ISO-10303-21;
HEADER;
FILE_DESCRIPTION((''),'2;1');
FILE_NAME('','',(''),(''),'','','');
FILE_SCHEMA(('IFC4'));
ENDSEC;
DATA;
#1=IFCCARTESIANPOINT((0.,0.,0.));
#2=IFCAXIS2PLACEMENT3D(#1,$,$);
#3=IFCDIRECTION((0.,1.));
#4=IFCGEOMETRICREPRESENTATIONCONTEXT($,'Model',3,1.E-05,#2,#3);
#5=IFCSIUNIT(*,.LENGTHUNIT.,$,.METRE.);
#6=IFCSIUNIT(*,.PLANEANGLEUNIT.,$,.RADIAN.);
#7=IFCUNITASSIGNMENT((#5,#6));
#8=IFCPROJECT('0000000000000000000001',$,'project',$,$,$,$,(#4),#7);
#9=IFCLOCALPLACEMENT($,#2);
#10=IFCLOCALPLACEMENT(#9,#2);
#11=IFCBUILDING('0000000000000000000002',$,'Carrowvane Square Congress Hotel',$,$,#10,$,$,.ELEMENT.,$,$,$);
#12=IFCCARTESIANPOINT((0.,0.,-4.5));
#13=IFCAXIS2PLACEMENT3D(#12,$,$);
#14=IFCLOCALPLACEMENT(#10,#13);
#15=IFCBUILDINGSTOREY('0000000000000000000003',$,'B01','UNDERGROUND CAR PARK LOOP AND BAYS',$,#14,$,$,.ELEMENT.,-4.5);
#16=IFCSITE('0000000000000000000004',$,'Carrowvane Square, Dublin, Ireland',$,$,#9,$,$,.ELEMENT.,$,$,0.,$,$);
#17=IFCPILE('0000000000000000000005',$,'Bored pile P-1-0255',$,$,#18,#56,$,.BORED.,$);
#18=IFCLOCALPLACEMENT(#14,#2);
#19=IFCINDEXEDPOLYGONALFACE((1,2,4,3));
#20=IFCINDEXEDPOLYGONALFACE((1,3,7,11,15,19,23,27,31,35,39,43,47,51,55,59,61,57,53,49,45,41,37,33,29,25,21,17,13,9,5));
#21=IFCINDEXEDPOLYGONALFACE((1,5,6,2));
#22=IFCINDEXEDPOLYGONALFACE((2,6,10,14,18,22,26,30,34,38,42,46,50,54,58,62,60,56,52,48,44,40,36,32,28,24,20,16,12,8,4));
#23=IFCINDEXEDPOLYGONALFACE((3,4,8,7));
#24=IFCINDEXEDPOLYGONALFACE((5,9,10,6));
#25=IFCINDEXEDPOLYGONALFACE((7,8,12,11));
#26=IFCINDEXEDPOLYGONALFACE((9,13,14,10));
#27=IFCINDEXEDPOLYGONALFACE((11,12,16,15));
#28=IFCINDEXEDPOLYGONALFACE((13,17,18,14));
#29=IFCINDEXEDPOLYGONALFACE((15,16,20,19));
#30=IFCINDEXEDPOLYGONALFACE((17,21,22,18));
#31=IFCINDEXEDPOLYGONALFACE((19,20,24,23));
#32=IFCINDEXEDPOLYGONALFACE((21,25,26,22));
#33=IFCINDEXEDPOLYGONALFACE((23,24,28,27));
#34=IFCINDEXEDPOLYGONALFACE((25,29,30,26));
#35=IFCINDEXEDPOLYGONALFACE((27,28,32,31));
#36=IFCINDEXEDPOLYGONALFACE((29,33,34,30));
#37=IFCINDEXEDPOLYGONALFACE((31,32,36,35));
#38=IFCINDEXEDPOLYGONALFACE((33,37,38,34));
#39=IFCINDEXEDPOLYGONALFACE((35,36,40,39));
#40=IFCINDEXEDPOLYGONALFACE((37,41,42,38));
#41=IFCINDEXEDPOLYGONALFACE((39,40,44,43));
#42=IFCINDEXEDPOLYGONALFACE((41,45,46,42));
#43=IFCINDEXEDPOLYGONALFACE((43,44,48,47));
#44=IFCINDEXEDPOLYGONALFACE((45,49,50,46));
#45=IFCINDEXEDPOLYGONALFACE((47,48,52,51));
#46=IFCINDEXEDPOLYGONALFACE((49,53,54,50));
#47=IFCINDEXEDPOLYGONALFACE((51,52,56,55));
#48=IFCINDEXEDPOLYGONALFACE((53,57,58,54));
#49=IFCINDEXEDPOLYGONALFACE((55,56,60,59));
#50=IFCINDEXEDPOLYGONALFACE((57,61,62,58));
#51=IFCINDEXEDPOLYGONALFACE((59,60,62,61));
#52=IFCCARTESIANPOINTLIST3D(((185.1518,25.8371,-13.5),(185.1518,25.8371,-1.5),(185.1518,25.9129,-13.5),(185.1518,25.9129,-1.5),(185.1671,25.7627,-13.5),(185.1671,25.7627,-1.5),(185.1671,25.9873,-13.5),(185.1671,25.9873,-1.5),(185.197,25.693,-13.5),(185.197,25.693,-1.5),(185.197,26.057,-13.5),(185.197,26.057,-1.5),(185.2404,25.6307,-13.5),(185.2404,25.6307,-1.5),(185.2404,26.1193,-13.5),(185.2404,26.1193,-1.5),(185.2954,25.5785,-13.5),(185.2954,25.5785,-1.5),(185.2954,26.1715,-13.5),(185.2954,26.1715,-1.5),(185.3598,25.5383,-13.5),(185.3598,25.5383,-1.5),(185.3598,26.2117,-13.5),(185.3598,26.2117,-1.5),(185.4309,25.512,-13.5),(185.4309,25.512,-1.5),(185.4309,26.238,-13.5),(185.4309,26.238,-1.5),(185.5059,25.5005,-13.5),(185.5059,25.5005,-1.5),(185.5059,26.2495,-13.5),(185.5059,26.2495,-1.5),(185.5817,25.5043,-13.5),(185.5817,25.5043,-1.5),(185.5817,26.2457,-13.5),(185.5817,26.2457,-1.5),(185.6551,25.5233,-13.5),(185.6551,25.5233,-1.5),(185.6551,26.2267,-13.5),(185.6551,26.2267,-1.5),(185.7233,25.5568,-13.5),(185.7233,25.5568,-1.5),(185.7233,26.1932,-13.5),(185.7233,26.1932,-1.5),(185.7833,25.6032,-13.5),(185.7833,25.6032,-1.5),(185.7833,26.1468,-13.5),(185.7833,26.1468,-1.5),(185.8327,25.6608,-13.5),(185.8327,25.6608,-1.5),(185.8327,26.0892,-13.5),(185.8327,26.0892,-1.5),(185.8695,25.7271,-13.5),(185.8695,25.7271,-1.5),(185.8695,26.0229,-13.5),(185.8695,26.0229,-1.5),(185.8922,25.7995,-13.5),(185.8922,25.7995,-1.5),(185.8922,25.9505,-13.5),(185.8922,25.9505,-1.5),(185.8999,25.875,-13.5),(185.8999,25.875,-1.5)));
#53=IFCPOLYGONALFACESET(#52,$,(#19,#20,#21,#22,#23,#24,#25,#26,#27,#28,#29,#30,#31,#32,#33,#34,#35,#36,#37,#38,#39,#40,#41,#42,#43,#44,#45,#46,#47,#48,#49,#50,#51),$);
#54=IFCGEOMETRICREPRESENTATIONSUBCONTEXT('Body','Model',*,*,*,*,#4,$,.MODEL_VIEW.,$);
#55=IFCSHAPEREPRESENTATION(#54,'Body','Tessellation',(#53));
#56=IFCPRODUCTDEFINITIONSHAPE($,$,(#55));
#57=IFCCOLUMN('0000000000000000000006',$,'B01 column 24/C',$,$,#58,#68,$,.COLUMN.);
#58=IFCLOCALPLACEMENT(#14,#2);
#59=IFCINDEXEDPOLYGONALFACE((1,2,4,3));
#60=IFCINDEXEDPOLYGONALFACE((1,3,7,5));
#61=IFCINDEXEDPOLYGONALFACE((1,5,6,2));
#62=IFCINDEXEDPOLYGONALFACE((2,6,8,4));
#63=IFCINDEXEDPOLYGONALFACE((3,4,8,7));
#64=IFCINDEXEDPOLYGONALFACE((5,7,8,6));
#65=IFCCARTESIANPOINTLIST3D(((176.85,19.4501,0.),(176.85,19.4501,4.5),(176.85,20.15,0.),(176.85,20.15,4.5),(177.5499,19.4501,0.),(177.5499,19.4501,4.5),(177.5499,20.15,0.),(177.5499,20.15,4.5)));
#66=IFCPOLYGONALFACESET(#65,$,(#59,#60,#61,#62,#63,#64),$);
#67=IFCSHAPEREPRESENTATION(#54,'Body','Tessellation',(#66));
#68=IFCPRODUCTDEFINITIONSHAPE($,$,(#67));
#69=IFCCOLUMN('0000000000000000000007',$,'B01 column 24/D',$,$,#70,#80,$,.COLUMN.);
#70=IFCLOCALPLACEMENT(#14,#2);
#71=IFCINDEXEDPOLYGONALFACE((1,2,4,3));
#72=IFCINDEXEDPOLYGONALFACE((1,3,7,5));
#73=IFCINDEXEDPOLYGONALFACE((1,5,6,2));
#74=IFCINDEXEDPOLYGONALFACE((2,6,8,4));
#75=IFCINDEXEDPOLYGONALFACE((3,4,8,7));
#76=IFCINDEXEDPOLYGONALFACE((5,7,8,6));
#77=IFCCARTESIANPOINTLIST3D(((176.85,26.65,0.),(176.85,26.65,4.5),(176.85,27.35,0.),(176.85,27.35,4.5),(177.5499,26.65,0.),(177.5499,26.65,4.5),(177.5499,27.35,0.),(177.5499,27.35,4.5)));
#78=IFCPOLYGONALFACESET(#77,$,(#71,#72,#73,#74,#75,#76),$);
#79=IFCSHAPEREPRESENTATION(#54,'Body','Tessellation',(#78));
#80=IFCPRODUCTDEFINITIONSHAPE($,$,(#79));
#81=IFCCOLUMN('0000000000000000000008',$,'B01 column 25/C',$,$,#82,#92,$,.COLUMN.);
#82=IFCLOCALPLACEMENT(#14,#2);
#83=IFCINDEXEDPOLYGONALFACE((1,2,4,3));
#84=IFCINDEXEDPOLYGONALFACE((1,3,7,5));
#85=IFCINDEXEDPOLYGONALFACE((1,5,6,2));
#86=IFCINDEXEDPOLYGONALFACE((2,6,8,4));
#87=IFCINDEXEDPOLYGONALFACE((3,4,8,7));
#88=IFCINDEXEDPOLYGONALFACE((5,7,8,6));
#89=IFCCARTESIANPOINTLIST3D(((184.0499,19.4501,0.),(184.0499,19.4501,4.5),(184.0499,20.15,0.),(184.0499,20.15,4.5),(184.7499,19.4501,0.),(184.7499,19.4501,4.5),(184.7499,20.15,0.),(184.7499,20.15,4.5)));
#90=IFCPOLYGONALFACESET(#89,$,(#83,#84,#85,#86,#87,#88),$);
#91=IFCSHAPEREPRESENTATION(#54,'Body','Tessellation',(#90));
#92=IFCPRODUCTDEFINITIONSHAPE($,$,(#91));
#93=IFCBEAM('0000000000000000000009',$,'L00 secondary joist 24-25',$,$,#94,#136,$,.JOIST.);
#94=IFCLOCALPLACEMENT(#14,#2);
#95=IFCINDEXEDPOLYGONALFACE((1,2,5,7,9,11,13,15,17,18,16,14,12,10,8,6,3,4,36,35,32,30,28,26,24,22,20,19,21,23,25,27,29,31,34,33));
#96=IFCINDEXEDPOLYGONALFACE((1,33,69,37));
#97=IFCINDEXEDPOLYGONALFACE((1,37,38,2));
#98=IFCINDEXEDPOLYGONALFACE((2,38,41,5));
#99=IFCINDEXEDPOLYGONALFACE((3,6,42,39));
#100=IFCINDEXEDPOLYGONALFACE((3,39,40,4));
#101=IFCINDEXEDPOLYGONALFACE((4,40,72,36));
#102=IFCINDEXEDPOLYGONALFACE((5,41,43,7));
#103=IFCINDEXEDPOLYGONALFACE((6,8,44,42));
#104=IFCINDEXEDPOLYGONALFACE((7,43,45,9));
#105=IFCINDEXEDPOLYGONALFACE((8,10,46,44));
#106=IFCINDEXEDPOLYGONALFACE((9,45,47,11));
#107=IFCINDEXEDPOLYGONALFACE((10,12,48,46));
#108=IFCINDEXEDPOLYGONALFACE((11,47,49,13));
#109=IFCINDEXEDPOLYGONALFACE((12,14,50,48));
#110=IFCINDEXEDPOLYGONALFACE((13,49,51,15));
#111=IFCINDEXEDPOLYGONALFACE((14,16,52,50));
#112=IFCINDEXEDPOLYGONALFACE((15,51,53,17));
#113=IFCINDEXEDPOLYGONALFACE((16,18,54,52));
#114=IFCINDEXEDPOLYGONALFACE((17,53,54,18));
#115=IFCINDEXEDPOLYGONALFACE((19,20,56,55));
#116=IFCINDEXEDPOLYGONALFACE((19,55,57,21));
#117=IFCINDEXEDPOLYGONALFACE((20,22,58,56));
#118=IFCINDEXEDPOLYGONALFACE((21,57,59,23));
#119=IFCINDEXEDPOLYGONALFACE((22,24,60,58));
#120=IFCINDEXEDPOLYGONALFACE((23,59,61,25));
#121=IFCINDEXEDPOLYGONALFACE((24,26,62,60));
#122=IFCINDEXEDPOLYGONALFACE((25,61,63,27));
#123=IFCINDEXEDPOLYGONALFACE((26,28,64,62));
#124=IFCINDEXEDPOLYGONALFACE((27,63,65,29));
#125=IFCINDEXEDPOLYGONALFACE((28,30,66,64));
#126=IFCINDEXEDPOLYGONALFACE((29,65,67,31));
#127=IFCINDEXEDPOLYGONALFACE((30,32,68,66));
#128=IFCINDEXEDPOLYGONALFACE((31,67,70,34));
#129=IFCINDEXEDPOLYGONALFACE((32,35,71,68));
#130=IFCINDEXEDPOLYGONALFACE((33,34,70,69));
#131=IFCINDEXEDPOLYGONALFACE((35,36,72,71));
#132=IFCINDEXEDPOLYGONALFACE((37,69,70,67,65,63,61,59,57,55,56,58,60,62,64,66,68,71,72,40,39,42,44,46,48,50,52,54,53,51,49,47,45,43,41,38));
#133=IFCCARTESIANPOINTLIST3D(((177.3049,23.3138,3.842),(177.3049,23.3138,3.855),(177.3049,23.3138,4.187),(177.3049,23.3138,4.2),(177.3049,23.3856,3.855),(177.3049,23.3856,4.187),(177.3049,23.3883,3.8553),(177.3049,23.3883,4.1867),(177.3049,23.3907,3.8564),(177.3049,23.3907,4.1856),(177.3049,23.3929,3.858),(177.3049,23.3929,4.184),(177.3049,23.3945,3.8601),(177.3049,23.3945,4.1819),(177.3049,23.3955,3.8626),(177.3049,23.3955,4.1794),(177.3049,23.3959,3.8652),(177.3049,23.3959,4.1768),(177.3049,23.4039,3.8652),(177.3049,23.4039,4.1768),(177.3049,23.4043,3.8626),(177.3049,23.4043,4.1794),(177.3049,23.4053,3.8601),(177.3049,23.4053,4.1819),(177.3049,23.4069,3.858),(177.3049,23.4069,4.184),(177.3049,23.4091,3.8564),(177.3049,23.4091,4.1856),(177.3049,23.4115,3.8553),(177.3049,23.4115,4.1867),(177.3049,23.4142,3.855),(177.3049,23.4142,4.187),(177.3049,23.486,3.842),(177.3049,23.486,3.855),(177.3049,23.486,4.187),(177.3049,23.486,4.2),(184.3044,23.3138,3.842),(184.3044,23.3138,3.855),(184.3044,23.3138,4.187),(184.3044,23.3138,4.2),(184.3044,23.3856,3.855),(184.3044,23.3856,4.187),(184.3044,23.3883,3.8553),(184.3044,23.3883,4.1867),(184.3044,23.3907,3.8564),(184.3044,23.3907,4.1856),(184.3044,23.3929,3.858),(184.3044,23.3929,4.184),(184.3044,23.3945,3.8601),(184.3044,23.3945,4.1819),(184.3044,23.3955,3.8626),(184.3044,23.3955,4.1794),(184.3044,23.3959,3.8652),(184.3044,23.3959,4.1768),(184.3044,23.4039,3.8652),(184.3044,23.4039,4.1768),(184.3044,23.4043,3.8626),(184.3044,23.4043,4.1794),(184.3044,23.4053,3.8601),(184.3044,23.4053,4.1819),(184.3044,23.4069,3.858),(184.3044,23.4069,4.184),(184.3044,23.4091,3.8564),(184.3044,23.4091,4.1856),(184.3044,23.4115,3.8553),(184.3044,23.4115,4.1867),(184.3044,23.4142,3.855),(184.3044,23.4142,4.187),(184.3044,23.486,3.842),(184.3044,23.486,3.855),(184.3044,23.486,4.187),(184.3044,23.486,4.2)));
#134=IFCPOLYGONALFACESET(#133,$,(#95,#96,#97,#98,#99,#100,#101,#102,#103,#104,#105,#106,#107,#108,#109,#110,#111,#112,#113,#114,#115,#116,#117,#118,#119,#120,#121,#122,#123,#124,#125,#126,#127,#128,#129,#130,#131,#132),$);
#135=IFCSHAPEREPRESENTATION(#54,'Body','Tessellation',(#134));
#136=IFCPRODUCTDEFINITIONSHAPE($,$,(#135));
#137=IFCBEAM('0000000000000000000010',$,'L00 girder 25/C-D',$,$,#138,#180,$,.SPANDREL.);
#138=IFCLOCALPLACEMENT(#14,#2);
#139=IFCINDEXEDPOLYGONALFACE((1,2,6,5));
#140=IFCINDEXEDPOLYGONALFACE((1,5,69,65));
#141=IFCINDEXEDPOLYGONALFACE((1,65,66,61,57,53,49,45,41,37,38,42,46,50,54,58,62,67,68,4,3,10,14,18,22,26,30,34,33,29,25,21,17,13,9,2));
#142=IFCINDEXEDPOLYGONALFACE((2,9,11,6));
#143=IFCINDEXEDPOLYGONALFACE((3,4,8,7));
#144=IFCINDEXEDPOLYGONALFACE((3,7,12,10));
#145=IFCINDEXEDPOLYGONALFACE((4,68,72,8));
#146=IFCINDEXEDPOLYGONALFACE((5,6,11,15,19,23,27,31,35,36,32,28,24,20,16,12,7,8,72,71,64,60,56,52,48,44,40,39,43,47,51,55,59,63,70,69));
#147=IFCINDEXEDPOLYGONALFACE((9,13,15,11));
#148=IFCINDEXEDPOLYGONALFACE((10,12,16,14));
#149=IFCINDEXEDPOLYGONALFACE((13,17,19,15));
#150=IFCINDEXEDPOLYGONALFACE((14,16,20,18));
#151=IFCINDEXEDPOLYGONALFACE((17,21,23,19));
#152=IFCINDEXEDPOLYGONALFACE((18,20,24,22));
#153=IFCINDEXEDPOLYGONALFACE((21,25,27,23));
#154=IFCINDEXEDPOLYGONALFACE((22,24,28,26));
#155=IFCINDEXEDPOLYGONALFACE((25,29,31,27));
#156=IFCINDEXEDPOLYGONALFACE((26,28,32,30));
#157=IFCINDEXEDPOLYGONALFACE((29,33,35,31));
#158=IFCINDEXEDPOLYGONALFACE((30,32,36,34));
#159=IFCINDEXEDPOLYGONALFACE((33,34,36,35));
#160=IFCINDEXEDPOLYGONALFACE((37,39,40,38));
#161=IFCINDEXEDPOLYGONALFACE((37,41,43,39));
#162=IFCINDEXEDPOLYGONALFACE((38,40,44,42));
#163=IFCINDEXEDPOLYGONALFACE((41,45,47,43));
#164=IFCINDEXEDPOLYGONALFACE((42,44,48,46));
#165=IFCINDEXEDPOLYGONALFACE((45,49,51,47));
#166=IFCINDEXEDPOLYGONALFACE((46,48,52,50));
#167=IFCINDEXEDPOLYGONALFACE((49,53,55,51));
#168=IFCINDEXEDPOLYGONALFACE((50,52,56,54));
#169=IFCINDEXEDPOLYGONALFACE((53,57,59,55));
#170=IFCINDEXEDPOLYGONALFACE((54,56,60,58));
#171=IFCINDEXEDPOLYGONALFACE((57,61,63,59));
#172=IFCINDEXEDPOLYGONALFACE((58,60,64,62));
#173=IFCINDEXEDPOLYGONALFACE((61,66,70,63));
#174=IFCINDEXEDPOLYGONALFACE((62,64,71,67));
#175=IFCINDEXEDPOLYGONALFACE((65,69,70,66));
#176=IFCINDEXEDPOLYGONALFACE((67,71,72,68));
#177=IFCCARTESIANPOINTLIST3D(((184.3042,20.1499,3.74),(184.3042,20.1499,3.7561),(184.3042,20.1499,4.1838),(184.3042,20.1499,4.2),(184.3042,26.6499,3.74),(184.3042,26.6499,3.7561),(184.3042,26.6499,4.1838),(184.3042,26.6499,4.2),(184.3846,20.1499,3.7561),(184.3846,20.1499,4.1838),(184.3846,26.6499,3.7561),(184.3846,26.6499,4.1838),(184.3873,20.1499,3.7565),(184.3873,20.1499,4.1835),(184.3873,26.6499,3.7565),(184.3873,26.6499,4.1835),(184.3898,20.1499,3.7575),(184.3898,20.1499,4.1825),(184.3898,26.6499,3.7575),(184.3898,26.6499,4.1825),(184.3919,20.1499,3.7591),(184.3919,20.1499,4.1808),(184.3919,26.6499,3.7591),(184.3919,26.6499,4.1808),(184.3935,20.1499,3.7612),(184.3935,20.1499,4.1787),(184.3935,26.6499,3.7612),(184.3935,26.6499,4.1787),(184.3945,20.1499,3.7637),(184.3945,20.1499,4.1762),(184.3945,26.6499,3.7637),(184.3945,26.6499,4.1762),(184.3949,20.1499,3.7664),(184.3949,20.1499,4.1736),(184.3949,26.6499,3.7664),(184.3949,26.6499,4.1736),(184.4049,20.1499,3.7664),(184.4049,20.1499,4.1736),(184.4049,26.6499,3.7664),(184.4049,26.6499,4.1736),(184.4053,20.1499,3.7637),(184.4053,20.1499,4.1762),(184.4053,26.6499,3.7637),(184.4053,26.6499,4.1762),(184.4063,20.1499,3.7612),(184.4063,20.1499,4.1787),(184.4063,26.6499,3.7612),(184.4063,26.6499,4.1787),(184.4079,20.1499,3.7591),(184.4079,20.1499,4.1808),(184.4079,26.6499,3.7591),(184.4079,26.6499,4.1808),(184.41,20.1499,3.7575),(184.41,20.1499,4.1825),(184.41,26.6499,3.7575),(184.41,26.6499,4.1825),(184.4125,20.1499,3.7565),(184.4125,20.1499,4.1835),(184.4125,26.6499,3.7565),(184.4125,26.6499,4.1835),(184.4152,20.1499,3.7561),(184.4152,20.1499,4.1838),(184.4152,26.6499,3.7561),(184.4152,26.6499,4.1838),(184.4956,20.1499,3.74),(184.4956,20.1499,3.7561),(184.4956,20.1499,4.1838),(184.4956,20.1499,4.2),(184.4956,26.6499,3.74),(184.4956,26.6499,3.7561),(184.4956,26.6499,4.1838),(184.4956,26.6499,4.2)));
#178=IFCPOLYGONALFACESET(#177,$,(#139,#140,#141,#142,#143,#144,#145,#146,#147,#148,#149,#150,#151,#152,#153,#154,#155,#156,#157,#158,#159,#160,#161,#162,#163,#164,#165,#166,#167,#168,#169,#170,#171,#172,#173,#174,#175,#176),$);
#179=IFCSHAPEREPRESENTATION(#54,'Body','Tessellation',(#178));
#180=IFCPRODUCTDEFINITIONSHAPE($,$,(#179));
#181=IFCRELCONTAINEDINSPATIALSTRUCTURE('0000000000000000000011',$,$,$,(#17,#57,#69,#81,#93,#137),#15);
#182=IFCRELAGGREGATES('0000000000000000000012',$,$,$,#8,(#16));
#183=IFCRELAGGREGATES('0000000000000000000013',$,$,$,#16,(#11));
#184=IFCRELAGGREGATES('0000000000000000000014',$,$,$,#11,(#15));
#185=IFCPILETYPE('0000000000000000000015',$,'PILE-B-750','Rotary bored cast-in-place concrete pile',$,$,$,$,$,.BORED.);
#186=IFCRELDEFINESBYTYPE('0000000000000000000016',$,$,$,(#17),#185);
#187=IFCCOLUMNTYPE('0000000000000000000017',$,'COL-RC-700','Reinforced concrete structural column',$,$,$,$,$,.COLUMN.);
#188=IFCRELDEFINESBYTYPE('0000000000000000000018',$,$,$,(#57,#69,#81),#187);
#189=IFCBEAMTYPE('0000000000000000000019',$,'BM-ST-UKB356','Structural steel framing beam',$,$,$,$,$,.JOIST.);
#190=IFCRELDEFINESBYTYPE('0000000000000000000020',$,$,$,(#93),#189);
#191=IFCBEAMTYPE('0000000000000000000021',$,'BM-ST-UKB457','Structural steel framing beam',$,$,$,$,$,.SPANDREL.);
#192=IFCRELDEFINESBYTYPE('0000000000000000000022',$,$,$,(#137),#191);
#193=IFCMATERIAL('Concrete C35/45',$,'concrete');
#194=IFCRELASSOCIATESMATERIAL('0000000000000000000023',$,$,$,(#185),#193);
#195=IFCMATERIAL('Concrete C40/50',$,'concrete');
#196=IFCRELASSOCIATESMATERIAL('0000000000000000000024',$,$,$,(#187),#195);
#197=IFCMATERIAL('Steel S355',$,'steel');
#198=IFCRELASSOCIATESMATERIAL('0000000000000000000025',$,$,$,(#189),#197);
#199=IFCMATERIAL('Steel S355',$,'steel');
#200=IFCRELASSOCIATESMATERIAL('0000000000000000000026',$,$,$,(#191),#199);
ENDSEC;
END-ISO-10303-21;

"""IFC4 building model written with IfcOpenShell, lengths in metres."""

from ifc_helpers import new_model, si_unit, direction, frame, origin, origin_2d, place, context, subcontext, project, spatial, rectangle, circle, i_section, extrude, material, material_profile, profile_set, type_object, element, save


model = new_model("IFC4")

# Units and contexts
model_context = context("Model", 3, precision=1e-05, world=origin(), true_north=direction((0.0, 1.0)))
body_context = subcontext(model_context, "Body", "Model", "MODEL_VIEW")
ifc_project = project(units=[si_unit("LENGTHUNIT", "METRE"), si_unit("PLANEANGLEUNIT", "RADIAN")], contexts=[model_context])

# Site, building, storey
site_placement = place(None, origin())
site = spatial("IfcSite", under=ifc_project, at=site_placement, Name="Carrowvane Square, Dublin, Ireland", CompositionType="ELEMENT", RefElevation=0.0)
building_placement = place(site_placement, origin())
building = spatial("IfcBuilding", under=site, at=building_placement, Name="Carrowvane Square Congress Hotel", CompositionType="ELEMENT")
storey_placement = place(building_placement, frame((0.0, 0.0, -4.5)))
storey = spatial("IfcBuildingStorey", under=building, at=storey_placement, Name="B01", Description="UNDERGROUND CAR PARK LOOP AND BAYS", CompositionType="ELEMENT", Elevation=-4.5)

# Pile
ifc_material_1 = material(Name="Concrete C35/45", Category="concrete")
ifc_material_profile_1 = material_profile(ifc_material_1, circle(Radius=0.375, at=origin_2d()), Name="PILE D750")
ifc_profile_set_1 = profile_set([ifc_material_profile_1], Name="Concrete C35/45")
pile_type = type_object("IfcPileType", Name="PILE-B-750", Description="Rotary bored cast-in-place concrete pile", PredefinedType="BORED", material=ifc_profile_set_1)
for number, where, z_axis, x_axis, name in (
    (1, (185.5249, 25.875, -1.5), (0.0, 0.0, -1.0), (1.0, 0.0, 0.0), "Bored pile P-1-0255"),
):
    element("IfcPile", number, at=place(storey_placement, frame(where, z_axis=z_axis, x_axis=x_axis)), inside=storey, type_object=pile_type, Name=name, PredefinedType="BORED", context=body_context, shape_type="SweptSolid", body=[
        extrude(circle(Radius=0.375, at=origin_2d()), origin(), (0.0, 0.0, 1.0), 12.0),
    ])

# Columns
ifc_material_2 = material(Name="Concrete C40/50", Category="concrete")
ifc_material_profile_2 = material_profile(ifc_material_2, rectangle(XDim=0.7, YDim=0.7, at=origin_2d()), Name="RC 700x700")
ifc_profile_set_2 = profile_set([ifc_material_profile_2], Name="Concrete C40/50")
column_type = type_object("IfcColumnType", Name="COL-RC-700", Description="Reinforced concrete structural column", PredefinedType="COLUMN", material=ifc_profile_set_2)
for number, where, z_axis, x_axis, name in (
    (2, (177.2, 19.8, 0.0), (0.0, 0.0, 1.0), (1.0, 0.0, 0.0), "B01 column 24/C"),
    (3, (177.2, 27.0, 0.0), (0.0, 0.0, 1.0), (1.0, 0.0, 0.0), "B01 column 24/D"),
    (4, (184.3999, 19.8, 0.0), (0.0, 0.0, 1.0), (1.0, 0.0, 0.0), "B01 column 25/C"),
):
    element("IfcColumn", number, at=place(storey_placement, frame(where, z_axis=z_axis, x_axis=x_axis)), inside=storey, type_object=column_type, Name=name, PredefinedType="COLUMN", context=body_context, shape_type="SweptSolid", body=[
        extrude(rectangle(XDim=0.7, YDim=0.7, at=origin_2d()), origin(), (0.0, 0.0, 1.0), 4.5),
    ])

# Beams
ifc_material_3 = material(Name="Steel S355", Category="steel")
ifc_material_profile_3 = material_profile(ifc_material_3, i_section(OverallWidth=0.1721, OverallDepth=0.3579, WebThickness=0.0081, FlangeThickness=0.0129, FilletRadius=0.0103, at=origin_2d()), Name="UKB 356x171x57")
ifc_profile_set_3 = profile_set([ifc_material_profile_3], Name="Steel S355")
beam_type_1 = type_object("IfcBeamType", Name="BM-ST-UKB356", Description="Structural steel framing beam", PredefinedType="JOIST", material=ifc_profile_set_3)
beam_1_placement = place(storey_placement, frame((177.3049, 23.3999, 4.021), z_axis=(1.0, 0.0, 0.0), x_axis=(0.0, 1.0, 0.0)))
element("IfcBeam", 5, at=beam_1_placement, inside=storey, type_object=beam_type_1, Name="L00 secondary joist 24-25", PredefinedType="JOIST", context=body_context, shape_type="SweptSolid", body=[
    extrude(i_section(OverallWidth=0.1721, OverallDepth=0.3579, WebThickness=0.0081, FlangeThickness=0.0129, FilletRadius=0.0103, at=origin_2d()), origin(), (0.0, 0.0, 1.0), 6.9995),
])
ifc_material_4 = material(Name="Steel S355", Category="steel")
ifc_material_profile_4 = material_profile(ifc_material_4, i_section(OverallWidth=0.1914, OverallDepth=0.46, WebThickness=0.01, FlangeThickness=0.0161, FilletRadius=0.0103, at=origin_2d()), Name="UKB 457x191x82")
ifc_profile_set_4 = profile_set([ifc_material_profile_4], Name="Steel S355")
beam_type_2 = type_object("IfcBeamType", Name="BM-ST-UKB457", Description="Structural steel framing beam", PredefinedType="SPANDREL", material=ifc_profile_set_4)
beam_2_placement = place(storey_placement, frame((184.3999, 20.1499, 3.97), z_axis=(0.0, 1.0, 0.0), x_axis=(-1.0, 0.0, 0.0)))
element("IfcBeam", 6, at=beam_2_placement, inside=storey, type_object=beam_type_2, Name="L00 girder 25/C-D", PredefinedType="SPANDREL", context=body_context, shape_type="SweptSolid", body=[
    extrude(i_section(OverallWidth=0.1914, OverallDepth=0.46, WebThickness=0.01, FlangeThickness=0.0161, FilletRadius=0.0103, at=origin_2d()), origin(), (0.0, 0.0, 1.0), 6.5),
])

save(model, "model.ifc")
